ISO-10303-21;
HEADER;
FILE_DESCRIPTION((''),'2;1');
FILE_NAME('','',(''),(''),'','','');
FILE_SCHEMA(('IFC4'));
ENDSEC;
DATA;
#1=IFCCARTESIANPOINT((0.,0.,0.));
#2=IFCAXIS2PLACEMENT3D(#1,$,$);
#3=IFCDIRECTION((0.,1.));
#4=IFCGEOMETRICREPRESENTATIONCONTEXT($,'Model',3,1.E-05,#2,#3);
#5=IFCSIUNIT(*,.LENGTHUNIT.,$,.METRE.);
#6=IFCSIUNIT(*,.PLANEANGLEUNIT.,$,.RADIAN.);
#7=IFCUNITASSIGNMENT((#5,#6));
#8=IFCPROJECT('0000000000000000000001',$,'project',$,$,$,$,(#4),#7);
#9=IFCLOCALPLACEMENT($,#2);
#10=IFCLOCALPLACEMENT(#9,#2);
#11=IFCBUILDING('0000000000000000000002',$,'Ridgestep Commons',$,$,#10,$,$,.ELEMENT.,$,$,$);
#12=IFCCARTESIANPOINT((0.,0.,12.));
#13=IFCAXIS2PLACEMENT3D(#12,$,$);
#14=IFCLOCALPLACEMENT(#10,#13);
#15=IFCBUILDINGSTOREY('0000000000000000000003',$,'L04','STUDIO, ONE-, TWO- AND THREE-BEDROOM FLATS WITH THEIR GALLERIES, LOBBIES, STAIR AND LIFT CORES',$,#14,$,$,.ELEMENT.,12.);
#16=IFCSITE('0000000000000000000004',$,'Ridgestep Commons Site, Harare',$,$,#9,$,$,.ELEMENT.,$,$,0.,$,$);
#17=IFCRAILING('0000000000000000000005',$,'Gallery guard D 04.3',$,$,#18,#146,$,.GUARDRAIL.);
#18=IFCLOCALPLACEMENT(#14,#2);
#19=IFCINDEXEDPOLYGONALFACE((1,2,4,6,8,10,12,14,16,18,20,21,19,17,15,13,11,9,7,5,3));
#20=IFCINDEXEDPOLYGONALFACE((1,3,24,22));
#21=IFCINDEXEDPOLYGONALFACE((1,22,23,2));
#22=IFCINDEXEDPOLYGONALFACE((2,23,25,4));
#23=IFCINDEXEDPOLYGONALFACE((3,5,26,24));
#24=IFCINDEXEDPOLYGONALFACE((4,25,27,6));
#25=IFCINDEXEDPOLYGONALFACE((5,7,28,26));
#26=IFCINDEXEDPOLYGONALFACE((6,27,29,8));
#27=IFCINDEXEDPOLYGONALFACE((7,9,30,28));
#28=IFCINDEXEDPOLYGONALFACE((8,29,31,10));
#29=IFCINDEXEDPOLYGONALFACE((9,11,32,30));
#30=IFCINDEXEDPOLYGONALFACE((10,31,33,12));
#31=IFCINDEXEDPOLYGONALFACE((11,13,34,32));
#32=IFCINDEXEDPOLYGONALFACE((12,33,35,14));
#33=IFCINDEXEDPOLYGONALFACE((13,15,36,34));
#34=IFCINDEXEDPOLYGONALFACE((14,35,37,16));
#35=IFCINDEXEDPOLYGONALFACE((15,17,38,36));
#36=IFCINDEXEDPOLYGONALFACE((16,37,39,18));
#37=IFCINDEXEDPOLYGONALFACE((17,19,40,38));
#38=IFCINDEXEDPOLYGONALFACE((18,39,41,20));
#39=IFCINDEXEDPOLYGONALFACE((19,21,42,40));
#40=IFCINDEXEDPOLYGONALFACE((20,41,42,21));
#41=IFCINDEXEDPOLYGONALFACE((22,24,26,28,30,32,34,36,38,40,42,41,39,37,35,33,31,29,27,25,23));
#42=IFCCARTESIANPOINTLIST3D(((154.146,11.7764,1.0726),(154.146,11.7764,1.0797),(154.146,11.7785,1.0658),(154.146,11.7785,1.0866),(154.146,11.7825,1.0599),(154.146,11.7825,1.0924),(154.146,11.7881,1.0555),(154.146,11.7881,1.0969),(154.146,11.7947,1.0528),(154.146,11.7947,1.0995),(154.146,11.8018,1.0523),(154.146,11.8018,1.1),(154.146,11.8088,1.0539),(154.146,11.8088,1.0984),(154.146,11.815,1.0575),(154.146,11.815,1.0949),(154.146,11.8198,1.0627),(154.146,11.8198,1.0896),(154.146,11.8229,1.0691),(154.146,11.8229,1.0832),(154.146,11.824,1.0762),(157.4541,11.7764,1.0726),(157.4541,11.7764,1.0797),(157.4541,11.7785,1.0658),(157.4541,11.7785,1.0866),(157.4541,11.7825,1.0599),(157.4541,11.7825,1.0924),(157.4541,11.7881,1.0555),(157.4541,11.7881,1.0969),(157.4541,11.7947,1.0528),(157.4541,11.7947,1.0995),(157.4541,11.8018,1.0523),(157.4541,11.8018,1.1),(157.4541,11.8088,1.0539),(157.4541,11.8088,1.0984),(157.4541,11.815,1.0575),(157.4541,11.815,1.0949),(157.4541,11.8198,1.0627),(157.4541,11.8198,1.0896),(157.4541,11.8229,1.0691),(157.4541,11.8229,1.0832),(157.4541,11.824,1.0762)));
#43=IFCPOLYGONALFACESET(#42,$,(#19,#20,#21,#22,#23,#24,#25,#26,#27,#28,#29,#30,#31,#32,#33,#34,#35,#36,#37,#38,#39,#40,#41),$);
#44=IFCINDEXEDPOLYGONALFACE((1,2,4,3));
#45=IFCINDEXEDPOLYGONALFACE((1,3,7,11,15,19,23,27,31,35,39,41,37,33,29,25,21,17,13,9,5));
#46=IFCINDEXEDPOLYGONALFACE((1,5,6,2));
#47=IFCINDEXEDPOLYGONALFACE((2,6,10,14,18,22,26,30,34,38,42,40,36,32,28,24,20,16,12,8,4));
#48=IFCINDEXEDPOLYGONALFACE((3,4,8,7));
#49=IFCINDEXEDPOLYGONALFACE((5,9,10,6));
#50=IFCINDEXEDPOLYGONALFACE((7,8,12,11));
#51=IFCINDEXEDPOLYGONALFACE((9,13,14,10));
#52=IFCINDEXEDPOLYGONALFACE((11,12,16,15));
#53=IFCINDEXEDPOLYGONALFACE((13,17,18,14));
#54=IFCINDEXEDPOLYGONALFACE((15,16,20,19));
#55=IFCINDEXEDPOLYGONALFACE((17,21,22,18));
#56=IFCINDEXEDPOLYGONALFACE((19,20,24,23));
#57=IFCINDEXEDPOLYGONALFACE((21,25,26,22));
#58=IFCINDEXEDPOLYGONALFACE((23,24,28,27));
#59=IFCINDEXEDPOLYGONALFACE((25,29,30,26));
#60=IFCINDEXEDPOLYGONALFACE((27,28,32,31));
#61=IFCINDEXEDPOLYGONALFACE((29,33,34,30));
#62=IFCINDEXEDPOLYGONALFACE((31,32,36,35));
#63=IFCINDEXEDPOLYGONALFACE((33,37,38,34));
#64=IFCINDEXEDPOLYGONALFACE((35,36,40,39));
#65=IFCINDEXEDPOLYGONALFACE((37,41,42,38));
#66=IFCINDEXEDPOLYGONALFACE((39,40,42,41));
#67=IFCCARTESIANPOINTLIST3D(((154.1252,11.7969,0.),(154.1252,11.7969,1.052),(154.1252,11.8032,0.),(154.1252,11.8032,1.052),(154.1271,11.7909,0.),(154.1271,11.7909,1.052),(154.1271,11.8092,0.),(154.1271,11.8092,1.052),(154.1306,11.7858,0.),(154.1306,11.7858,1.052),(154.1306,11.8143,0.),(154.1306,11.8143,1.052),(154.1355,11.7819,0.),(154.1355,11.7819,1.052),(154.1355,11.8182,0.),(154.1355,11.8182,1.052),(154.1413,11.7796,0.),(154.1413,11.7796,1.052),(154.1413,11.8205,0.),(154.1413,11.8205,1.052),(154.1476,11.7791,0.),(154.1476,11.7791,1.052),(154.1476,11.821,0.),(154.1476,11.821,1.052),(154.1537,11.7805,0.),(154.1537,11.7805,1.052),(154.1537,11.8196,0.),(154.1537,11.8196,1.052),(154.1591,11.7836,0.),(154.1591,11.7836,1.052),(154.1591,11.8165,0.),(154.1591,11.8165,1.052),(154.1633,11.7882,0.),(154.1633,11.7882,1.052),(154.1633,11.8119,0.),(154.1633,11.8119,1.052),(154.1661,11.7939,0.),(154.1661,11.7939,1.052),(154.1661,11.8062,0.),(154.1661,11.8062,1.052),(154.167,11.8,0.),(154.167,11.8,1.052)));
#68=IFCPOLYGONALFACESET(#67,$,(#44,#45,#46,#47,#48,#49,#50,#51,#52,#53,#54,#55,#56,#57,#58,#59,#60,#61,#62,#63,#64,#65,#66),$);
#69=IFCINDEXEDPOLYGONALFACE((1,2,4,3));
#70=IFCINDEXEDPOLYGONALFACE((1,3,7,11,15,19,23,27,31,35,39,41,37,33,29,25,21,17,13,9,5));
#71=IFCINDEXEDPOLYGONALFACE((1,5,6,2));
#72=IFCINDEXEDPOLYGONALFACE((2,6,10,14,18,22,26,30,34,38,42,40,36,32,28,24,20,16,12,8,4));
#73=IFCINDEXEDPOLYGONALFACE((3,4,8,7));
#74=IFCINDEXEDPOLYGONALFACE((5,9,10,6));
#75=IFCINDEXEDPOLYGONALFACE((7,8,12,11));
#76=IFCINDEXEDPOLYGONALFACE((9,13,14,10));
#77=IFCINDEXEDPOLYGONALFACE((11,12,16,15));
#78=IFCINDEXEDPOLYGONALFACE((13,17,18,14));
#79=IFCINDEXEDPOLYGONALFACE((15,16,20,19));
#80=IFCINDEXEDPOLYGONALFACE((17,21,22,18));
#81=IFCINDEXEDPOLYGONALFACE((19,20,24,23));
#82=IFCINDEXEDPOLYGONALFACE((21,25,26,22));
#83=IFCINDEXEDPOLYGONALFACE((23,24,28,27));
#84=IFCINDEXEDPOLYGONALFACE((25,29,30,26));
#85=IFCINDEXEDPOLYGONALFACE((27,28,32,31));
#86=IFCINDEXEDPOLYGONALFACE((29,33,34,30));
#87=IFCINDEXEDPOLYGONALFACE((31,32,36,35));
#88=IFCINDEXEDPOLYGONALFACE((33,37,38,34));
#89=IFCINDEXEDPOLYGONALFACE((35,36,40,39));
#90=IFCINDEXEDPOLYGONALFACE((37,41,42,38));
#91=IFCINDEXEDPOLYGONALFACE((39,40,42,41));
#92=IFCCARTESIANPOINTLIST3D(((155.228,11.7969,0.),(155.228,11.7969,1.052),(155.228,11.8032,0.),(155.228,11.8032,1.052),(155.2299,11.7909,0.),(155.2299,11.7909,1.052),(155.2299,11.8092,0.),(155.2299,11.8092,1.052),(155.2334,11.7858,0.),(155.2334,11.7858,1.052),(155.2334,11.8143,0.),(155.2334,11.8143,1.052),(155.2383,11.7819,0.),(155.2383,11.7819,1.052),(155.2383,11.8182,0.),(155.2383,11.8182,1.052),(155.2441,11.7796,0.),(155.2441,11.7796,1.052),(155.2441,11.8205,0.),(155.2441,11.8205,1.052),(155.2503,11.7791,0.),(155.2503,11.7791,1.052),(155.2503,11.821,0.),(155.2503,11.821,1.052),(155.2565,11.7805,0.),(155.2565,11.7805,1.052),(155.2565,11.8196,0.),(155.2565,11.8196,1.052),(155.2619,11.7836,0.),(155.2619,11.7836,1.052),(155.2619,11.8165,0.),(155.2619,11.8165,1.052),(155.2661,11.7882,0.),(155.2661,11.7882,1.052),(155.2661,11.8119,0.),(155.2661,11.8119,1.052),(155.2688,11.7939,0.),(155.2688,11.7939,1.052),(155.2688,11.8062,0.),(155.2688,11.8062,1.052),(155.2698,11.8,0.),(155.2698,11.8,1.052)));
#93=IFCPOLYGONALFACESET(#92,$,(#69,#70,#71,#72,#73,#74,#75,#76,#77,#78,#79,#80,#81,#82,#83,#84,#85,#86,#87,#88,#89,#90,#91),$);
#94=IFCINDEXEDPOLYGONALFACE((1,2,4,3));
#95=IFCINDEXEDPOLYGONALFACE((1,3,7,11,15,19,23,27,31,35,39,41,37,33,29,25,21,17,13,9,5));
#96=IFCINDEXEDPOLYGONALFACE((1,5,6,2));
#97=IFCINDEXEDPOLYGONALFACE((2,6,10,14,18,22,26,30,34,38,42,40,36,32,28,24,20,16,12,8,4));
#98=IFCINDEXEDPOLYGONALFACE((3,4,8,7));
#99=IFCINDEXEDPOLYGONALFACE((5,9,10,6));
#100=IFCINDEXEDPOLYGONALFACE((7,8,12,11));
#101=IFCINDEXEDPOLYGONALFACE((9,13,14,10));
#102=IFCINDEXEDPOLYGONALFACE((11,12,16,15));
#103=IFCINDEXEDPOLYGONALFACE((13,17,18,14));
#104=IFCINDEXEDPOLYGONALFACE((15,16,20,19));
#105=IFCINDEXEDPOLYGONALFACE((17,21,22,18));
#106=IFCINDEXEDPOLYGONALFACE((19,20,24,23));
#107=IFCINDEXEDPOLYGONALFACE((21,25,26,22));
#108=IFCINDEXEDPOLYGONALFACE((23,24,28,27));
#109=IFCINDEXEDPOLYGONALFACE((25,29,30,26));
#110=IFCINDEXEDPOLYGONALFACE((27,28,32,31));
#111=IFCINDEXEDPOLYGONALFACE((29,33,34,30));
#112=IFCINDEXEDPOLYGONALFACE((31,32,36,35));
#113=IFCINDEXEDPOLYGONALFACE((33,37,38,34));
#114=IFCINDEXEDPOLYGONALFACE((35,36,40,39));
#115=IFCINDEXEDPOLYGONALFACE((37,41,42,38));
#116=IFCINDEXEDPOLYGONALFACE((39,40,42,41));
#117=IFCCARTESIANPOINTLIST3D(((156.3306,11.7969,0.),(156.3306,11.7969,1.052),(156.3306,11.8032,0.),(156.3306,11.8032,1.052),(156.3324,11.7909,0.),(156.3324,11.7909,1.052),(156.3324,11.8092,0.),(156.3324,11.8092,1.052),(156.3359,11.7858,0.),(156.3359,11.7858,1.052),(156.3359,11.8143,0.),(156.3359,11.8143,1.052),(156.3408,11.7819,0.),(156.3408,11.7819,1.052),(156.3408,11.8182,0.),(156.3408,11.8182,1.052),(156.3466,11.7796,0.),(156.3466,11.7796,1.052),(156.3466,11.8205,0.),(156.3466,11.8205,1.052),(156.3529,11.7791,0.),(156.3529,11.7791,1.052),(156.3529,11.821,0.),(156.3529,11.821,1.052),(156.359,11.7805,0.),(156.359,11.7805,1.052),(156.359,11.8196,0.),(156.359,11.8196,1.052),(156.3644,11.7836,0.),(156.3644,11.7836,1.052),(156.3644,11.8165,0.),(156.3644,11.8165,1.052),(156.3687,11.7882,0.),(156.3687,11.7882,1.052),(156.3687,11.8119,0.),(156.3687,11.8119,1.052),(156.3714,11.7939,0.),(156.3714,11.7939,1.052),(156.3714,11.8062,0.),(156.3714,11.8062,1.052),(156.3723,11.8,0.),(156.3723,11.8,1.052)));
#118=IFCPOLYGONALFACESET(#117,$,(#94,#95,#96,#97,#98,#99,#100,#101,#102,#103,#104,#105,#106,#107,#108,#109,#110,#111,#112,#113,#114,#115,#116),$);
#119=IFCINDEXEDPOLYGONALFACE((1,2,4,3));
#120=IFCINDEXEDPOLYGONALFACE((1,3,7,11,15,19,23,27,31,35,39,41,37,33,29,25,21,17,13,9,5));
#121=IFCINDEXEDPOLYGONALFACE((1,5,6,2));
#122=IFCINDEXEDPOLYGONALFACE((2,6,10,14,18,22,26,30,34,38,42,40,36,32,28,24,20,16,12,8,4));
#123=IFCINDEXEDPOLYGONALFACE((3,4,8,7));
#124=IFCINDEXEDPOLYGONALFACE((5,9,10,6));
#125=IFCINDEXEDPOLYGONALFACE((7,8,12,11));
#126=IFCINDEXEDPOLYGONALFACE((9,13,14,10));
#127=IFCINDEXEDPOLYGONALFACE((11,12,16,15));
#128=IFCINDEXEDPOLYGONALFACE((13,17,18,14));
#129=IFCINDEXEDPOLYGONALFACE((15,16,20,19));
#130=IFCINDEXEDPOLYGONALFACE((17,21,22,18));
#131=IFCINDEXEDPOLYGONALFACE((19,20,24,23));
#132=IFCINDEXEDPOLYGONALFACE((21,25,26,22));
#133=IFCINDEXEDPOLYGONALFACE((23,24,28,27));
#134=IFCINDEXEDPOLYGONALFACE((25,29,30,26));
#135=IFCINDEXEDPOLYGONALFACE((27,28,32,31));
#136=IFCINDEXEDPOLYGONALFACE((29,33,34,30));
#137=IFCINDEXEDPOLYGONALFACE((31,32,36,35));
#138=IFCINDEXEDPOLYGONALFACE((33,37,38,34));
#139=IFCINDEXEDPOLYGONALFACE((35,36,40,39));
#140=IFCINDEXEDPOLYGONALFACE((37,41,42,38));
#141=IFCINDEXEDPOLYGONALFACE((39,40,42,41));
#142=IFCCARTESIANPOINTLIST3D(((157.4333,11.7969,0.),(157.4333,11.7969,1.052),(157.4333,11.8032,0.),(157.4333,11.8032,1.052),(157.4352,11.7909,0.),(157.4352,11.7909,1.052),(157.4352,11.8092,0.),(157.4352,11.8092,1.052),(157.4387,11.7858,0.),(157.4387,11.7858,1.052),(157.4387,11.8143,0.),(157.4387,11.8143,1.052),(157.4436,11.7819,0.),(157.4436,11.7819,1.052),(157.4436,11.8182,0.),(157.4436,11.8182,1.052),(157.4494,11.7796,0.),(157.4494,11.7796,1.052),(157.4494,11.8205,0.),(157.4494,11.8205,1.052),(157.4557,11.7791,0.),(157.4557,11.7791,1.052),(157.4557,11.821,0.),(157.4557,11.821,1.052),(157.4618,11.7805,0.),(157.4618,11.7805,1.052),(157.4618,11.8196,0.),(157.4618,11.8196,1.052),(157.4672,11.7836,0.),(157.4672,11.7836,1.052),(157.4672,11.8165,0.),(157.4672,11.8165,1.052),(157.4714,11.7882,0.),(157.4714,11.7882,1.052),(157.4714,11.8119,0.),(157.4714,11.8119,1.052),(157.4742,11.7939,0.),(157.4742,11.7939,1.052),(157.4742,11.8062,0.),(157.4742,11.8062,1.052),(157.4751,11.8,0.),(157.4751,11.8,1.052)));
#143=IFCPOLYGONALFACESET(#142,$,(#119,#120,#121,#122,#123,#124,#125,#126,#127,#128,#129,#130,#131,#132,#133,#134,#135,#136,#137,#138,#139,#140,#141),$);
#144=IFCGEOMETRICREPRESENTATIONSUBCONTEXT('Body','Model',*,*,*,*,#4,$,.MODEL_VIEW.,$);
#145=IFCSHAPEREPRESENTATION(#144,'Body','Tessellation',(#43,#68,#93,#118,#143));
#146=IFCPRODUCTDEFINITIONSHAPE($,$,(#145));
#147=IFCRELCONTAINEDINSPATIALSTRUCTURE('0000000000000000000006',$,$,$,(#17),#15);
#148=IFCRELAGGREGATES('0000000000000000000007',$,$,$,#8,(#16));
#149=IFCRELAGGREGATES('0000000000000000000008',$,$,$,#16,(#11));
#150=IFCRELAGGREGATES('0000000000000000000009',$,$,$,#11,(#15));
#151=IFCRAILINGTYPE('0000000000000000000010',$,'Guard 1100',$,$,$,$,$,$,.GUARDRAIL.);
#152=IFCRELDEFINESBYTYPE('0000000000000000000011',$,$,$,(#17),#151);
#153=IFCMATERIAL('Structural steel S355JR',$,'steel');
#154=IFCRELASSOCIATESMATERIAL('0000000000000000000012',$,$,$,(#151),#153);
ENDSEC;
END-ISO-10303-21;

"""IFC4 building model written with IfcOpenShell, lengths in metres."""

from ifc_helpers import new_model, si_unit, direction, frame, origin, origin_2d, place, context, subcontext, project, spatial, circle, extrude, material, type_object, element, save


model = new_model("IFC4")

# Units and contexts
model_context = context("Model", 3, precision=1e-05, world=origin(), true_north=direction((0.0, 1.0)))
body_context = subcontext(model_context, "Body", "Model", "MODEL_VIEW")
ifc_project = project(units=[si_unit("LENGTHUNIT", "METRE"), si_unit("PLANEANGLEUNIT", "RADIAN")], contexts=[model_context])

# Site, building, storey
site_placement = place(None, origin())
site = spatial("IfcSite", under=ifc_project, at=site_placement, Name="Ridgestep Commons Site, Harare", CompositionType="ELEMENT", RefElevation=0.0)
building_placement = place(site_placement, origin())
building = spatial("IfcBuilding", under=site, at=building_placement, Name="Ridgestep Commons", CompositionType="ELEMENT")
storey_placement = place(building_placement, frame((0.0, 0.0, 12.0)))
storey = spatial("IfcBuildingStorey", under=building, at=storey_placement, Name="L04", Description="STUDIO, ONE-, TWO- AND THREE-BEDROOM FLATS WITH THEIR GALLERIES, LOBBIES, STAIR AND LIFT CORES", CompositionType="ELEMENT", Elevation=12.0)

# Railing
ifc_material_1 = material(Name="Structural steel S355JR", Category="steel")
railing_type = type_object("IfcRailingType", Name="Guard 1100", PredefinedType="GUARDRAIL", material=ifc_material_1)
railing_1_placement = place(storey_placement, frame((154.146, 11.8, 0.0)))
element("IfcRailing", 1, at=railing_1_placement, inside=storey, type_object=railing_type, Name="Gallery guard D 04.3", PredefinedType="GUARDRAIL", context=body_context, shape_type="SweptSolid", body=[
    extrude(circle(Radius=0.0239, at=origin_2d()), frame((0.0, 0.0, 1.0762), z_axis=(1.0, 0.0, 0.0), x_axis=(0.0, 1.0, 0.0)), (0.0, 0.0, 1.0), 3.3081),
    extrude(circle(Radius=0.021, at=origin_2d()), origin(), (0.0, 0.0, 1.0), 1.052),
    extrude(circle(Radius=0.021, at=origin_2d()), frame((1.1028, 0.0, 0.0)), (0.0, 0.0, 1.0), 1.052),
    extrude(circle(Radius=0.021, at=origin_2d()), frame((2.2053, 0.0, 0.0)), (0.0, 0.0, 1.0), 1.052),
    extrude(circle(Radius=0.021, at=origin_2d()), frame((3.3081, 0.0, 0.0)), (0.0, 0.0, 1.0), 1.052),
])

save(model, "model.ifc")
